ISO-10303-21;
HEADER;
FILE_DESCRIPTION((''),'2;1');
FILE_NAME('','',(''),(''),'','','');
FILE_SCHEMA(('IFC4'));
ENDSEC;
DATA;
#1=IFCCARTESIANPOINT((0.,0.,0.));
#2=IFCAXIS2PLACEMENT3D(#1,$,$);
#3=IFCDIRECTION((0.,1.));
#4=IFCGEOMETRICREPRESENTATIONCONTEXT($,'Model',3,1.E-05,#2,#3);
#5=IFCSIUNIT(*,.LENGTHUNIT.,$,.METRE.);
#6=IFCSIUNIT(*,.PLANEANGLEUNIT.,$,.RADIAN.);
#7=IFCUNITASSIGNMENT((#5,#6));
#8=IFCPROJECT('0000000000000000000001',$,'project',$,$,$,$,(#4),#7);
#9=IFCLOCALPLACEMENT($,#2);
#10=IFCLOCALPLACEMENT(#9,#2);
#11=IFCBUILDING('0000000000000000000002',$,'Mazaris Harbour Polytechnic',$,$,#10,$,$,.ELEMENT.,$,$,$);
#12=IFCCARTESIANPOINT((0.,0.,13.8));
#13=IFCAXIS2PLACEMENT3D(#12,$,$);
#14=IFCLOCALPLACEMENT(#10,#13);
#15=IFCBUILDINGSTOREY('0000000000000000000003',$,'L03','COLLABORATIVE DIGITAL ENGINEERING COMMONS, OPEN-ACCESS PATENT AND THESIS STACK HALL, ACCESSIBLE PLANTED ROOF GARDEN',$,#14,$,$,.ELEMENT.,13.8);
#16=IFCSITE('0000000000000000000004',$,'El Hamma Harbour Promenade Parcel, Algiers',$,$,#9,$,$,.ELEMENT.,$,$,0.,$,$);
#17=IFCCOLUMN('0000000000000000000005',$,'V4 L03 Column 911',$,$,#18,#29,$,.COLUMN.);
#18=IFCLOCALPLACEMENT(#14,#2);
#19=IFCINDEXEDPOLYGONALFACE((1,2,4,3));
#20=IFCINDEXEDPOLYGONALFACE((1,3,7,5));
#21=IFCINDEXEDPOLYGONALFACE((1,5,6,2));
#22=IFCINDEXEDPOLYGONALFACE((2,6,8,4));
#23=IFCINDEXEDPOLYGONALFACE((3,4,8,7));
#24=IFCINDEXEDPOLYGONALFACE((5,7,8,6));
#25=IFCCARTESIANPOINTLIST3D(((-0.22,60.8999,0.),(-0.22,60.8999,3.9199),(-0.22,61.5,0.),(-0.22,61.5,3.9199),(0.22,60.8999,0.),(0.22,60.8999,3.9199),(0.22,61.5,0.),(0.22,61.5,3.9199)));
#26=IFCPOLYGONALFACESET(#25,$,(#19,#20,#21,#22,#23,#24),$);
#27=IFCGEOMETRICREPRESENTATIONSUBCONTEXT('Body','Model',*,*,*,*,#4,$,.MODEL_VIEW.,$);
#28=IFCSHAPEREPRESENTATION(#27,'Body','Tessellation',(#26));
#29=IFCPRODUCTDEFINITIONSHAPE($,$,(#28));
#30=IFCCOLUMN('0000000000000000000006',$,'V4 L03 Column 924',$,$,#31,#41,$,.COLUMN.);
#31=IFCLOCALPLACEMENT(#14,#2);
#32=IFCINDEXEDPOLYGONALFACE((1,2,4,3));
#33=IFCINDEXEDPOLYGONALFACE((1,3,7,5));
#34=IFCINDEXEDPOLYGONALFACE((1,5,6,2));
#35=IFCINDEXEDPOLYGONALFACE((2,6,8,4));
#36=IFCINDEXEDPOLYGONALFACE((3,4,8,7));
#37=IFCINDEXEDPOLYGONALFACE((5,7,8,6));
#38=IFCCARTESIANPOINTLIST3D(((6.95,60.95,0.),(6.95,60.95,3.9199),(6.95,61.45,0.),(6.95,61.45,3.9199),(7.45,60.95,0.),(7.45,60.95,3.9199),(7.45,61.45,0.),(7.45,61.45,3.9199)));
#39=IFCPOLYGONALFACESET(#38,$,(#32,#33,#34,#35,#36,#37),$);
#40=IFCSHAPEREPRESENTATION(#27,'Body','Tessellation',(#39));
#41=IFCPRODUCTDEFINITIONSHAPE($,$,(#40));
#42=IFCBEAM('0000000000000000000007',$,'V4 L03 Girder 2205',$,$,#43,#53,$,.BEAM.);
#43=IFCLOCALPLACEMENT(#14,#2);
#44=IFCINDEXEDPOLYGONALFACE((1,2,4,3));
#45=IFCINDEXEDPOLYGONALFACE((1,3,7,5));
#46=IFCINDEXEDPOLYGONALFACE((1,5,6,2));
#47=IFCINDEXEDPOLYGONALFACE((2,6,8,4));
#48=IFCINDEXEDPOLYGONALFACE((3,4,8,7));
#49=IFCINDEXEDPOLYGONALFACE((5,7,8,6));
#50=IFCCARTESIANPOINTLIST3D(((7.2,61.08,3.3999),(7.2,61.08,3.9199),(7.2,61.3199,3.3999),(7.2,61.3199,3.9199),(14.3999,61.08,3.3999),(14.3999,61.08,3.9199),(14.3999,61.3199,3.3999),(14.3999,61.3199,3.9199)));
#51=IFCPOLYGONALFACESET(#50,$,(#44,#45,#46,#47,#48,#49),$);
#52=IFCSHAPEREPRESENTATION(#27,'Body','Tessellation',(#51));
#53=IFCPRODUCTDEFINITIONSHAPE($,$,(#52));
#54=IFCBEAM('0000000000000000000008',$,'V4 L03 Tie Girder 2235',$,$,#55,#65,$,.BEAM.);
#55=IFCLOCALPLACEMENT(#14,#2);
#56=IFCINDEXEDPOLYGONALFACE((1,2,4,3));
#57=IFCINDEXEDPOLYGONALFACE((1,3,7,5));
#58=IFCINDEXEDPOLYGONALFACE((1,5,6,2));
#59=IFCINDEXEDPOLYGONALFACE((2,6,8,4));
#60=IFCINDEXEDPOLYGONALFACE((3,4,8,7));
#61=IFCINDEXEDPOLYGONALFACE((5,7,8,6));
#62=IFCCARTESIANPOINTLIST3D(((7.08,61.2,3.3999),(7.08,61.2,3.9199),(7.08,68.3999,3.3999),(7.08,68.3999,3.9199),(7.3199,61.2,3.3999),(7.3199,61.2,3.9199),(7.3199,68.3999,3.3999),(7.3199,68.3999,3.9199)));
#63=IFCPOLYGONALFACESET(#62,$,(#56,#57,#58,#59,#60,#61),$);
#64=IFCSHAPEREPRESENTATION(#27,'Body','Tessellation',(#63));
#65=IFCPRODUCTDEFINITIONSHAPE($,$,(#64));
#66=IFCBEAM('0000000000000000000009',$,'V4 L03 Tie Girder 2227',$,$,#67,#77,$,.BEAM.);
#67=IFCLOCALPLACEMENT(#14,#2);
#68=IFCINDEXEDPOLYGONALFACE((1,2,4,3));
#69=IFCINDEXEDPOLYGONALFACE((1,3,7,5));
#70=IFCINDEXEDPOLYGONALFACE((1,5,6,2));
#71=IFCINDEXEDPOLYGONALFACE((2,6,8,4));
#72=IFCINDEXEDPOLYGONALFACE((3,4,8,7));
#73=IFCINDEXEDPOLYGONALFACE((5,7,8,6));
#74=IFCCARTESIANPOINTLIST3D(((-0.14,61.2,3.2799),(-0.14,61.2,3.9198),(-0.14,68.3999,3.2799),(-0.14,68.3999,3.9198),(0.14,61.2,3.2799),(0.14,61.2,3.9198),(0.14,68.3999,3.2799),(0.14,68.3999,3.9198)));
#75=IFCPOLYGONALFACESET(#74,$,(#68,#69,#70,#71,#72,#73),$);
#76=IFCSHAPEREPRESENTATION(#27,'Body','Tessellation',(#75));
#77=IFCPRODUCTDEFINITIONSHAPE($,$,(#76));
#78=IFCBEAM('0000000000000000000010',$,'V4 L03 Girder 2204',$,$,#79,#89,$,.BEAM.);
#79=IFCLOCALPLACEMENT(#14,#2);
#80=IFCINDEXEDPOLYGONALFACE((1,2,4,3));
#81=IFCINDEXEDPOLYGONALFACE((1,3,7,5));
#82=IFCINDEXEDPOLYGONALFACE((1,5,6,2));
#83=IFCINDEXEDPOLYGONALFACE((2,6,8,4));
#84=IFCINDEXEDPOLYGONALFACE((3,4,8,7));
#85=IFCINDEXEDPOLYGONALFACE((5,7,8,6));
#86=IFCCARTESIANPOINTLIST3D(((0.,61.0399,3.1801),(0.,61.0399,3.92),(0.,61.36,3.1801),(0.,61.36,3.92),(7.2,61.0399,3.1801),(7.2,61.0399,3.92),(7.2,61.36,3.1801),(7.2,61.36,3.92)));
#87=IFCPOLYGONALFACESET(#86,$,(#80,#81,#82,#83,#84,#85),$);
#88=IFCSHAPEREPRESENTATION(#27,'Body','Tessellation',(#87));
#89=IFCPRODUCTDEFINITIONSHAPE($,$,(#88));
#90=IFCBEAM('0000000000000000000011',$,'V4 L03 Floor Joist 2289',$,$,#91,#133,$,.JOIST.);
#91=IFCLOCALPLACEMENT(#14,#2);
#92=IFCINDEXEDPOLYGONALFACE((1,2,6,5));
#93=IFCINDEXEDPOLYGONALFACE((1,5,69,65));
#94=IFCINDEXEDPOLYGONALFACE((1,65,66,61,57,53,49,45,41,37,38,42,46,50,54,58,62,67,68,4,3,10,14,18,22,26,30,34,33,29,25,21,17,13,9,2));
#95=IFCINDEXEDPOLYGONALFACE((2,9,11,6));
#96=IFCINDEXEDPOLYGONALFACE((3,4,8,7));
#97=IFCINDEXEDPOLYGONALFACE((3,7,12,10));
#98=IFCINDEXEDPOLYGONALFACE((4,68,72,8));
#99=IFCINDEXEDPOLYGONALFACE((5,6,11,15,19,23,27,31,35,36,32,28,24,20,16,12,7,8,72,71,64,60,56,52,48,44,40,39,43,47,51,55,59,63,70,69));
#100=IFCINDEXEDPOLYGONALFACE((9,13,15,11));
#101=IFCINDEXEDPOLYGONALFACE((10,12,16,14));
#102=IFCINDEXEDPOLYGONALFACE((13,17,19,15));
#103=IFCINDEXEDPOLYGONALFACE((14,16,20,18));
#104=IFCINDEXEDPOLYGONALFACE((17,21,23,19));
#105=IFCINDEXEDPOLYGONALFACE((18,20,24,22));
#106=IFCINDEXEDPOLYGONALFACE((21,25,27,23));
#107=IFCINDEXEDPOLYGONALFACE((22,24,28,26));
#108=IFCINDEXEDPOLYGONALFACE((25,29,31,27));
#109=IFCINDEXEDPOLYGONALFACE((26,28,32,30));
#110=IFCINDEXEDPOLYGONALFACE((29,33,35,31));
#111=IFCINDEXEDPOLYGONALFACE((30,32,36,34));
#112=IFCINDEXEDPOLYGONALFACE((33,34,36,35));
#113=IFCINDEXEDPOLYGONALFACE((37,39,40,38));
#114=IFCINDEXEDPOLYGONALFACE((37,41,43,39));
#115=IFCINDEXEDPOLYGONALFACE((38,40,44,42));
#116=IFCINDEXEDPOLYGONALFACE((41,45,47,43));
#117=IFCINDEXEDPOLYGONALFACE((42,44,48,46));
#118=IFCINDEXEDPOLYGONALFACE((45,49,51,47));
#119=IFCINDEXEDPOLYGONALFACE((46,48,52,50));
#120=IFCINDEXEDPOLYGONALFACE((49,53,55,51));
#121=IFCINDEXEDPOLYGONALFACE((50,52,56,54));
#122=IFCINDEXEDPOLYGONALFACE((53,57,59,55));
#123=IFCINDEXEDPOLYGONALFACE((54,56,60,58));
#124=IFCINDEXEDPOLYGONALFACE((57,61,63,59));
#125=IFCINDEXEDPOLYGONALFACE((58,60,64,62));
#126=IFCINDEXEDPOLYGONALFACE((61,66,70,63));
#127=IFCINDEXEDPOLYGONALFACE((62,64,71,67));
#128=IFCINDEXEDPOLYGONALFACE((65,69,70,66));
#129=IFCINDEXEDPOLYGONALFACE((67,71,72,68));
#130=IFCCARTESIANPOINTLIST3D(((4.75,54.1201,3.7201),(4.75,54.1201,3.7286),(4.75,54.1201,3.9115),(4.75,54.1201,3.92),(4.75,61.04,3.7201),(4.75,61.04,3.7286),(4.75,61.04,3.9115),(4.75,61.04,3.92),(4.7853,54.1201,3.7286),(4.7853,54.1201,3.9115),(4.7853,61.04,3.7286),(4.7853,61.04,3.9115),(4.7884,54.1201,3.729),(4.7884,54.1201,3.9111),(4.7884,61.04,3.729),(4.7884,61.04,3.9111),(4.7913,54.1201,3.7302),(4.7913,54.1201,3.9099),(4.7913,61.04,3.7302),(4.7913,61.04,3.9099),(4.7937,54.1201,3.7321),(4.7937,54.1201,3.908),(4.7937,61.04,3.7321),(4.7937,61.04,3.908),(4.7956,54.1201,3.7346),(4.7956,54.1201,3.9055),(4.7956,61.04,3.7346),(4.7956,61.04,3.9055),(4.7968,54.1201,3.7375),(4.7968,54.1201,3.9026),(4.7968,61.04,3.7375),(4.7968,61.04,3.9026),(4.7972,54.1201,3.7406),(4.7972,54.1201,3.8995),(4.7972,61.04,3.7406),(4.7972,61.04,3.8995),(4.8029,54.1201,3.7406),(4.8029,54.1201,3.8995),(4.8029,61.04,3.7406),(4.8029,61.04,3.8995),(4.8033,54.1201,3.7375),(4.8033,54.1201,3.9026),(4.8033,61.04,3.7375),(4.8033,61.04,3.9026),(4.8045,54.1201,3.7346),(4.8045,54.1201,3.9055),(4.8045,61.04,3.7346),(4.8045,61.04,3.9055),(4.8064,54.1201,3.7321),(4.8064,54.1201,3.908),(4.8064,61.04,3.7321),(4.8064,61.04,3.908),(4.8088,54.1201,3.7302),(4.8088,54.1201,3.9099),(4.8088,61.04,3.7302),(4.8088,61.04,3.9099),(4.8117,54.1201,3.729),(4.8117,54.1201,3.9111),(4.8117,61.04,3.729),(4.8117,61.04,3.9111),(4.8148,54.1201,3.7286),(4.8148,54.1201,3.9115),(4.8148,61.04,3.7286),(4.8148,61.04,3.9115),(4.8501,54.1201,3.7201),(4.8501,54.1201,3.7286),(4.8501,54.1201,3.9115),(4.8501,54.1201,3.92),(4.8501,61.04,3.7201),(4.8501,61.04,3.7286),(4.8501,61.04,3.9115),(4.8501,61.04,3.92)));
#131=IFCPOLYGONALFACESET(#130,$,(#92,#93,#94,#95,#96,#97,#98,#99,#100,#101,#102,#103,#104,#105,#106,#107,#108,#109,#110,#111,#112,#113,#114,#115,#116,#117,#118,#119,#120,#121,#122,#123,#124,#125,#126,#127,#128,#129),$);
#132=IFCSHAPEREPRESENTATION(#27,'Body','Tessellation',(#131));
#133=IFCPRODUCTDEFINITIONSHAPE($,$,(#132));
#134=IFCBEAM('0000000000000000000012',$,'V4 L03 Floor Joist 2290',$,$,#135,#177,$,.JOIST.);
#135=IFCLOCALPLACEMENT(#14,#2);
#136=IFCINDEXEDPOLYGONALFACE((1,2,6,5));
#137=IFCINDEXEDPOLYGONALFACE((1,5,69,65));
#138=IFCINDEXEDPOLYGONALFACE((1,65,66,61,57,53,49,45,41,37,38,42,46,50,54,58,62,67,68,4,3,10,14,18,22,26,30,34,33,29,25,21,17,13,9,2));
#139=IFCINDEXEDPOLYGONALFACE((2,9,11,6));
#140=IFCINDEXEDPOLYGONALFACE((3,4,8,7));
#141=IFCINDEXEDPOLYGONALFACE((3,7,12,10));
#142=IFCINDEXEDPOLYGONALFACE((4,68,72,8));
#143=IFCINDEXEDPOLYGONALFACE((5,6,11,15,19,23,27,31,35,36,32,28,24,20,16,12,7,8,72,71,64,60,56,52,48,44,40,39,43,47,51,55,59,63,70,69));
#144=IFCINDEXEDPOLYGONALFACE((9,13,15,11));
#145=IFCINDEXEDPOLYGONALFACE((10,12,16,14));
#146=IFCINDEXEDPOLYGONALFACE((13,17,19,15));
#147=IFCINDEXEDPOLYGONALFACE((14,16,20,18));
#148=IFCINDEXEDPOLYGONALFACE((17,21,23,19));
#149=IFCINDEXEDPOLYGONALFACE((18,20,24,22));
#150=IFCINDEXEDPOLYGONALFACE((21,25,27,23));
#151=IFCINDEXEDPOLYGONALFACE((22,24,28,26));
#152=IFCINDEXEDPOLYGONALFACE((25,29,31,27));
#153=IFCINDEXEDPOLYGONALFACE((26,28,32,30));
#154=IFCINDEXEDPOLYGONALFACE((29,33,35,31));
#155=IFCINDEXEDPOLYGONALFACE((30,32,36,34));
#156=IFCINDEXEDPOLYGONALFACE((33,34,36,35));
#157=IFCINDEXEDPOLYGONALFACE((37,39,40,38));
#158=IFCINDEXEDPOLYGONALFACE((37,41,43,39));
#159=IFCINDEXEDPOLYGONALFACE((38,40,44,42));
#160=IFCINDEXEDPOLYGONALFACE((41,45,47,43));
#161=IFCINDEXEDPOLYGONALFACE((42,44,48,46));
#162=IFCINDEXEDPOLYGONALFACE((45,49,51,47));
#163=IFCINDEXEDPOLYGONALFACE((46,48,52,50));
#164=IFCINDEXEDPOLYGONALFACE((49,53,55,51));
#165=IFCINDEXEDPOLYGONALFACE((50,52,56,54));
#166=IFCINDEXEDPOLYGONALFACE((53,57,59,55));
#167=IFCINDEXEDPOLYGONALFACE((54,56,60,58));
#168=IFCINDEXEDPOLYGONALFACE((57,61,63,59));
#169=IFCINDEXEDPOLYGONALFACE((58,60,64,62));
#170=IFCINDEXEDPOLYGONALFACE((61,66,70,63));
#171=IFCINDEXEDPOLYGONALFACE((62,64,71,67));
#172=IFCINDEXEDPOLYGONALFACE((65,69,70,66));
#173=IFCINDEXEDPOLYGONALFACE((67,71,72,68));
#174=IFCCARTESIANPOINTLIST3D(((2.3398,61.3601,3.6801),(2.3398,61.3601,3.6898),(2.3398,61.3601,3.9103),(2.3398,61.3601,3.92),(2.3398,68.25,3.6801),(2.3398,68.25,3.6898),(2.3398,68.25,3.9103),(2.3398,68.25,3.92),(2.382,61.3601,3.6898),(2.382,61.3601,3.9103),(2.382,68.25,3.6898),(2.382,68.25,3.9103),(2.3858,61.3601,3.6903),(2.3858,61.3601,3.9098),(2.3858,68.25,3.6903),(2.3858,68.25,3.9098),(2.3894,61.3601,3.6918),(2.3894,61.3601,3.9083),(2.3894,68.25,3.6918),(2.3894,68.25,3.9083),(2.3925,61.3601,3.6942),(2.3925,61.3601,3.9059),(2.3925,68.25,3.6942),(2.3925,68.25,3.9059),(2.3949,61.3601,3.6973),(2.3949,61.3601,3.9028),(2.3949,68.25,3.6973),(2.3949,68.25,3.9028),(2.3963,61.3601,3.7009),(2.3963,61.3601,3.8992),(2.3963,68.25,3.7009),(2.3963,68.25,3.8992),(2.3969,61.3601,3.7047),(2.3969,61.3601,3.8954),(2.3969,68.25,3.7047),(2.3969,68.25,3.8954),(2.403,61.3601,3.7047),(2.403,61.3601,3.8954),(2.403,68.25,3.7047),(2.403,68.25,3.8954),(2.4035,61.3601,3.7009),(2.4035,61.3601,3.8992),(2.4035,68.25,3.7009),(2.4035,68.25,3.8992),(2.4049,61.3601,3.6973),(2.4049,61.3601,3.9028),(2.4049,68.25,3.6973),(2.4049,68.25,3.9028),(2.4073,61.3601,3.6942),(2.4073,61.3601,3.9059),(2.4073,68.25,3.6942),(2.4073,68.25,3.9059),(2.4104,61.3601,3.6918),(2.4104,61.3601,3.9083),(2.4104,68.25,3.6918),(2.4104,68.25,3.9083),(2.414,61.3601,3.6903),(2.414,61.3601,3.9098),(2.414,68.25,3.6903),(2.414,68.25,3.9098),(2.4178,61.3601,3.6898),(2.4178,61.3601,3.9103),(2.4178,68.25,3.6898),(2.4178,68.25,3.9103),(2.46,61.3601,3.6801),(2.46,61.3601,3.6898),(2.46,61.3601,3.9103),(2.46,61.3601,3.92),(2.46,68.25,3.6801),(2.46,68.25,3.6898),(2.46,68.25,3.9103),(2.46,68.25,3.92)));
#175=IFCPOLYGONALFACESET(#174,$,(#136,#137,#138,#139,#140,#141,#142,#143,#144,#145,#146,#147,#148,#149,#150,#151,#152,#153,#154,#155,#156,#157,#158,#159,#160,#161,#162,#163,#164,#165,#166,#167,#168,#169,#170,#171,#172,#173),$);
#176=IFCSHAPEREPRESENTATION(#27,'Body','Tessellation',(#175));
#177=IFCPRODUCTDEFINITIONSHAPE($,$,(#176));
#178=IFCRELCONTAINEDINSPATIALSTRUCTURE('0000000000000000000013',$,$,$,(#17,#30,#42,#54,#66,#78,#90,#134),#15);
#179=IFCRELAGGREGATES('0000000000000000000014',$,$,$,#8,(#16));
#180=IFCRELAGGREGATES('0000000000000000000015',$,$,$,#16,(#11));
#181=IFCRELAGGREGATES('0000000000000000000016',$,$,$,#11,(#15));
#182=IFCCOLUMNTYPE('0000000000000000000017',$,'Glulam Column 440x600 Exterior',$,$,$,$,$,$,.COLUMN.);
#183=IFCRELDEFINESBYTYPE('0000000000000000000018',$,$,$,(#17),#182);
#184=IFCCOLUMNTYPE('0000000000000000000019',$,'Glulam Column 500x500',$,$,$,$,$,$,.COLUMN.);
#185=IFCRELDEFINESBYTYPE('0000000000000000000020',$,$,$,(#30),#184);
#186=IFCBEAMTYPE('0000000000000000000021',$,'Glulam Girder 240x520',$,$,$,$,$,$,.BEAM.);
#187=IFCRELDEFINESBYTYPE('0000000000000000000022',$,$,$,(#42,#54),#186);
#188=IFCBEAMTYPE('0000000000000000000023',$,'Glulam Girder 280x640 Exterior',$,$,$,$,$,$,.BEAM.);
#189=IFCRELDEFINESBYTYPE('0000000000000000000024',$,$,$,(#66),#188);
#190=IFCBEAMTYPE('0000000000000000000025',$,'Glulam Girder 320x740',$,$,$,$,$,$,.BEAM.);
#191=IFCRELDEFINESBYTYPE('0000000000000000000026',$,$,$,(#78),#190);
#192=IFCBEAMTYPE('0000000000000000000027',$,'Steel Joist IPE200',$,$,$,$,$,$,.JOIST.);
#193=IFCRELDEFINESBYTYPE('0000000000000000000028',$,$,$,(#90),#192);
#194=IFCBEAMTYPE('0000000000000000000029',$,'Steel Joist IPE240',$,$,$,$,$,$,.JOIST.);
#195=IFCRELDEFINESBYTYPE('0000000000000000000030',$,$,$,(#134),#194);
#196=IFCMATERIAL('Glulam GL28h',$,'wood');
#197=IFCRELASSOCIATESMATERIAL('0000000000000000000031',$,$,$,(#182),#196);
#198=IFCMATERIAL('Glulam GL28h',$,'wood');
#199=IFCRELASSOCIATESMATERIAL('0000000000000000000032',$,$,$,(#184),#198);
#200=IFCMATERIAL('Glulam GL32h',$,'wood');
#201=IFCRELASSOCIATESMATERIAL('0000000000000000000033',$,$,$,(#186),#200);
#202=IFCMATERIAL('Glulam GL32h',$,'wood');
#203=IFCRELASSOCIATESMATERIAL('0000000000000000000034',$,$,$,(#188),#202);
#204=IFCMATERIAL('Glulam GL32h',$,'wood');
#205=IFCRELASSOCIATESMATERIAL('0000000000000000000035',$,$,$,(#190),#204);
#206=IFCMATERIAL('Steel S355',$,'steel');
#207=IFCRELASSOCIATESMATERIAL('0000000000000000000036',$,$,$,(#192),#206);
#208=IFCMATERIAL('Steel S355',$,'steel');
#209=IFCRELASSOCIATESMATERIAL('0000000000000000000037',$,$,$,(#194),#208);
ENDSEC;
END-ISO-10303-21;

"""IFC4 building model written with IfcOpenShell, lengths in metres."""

from ifc_helpers import new_model, si_unit, direction, frame, origin, origin_2d, place, context, subcontext, project, spatial, rectangle, i_section, extrude, material, material_profile, profile_set, type_object, element, save


model = new_model("IFC4")

# Units and contexts
model_context = context("Model", 3, precision=1e-05, world=origin(), true_north=direction((0.0, 1.0)))
body_context = subcontext(model_context, "Body", "Model", "MODEL_VIEW")
ifc_project = project(units=[si_unit("LENGTHUNIT", "METRE"), si_unit("PLANEANGLEUNIT", "RADIAN")], contexts=[model_context])

# Site, building, storey
site_placement = place(None, origin())
site = spatial("IfcSite", under=ifc_project, at=site_placement, Name="El Hamma Harbour Promenade Parcel, Algiers", CompositionType="ELEMENT", RefElevation=0.0)
building_placement = place(site_placement, origin())
building = spatial("IfcBuilding", under=site, at=building_placement, Name="Mazaris Harbour Polytechnic", CompositionType="ELEMENT")
storey_placement = place(building_placement, frame((0.0, 0.0, 13.8)))
storey = spatial("IfcBuildingStorey", under=building, at=storey_placement, Name="L03", Description="COLLABORATIVE DIGITAL ENGINEERING COMMONS, OPEN-ACCESS PATENT AND THESIS STACK HALL, ACCESSIBLE PLANTED ROOF GARDEN", CompositionType="ELEMENT", Elevation=13.8)

# Columns
ifc_material_1 = material(Name="Glulam GL28h", Category="wood")
ifc_material_profile_1 = material_profile(ifc_material_1, rectangle(XDim=0.4399, YDim=0.6001, at=origin_2d()), Name="RECT440x600")
ifc_profile_set_1 = profile_set([ifc_material_profile_1], Name="Glulam GL28h")
column_type_1 = type_object("IfcColumnType", Name="Glulam Column 440x600 Exterior", PredefinedType="COLUMN", material=ifc_profile_set_1)
column_1_placement = place(storey_placement, frame((0.0, 61.2, 0.0), z_axis=(0.0, 0.0, 1.0), x_axis=(1.0, 0.0, 0.0)))
element("IfcColumn", 1, at=column_1_placement, inside=storey, type_object=column_type_1, Name="V4 L03 Column 911", PredefinedType="COLUMN", context=body_context, shape_type="SweptSolid", body=[
    extrude(rectangle(XDim=0.4399, YDim=0.6001, at=origin_2d()), origin(), (0.0, 0.0, 1.0), 3.9199),
])
ifc_material_2 = material(Name="Glulam GL28h", Category="wood")
ifc_material_profile_2 = material_profile(ifc_material_2, rectangle(XDim=0.5, YDim=0.5, at=origin_2d()), Name="RECT500x500")
ifc_profile_set_2 = profile_set([ifc_material_profile_2], Name="Glulam GL28h")
column_type_2 = type_object("IfcColumnType", Name="Glulam Column 500x500", PredefinedType="COLUMN", material=ifc_profile_set_2)
column_2_placement = place(storey_placement, frame((7.2, 61.2, 0.0), z_axis=(0.0, 0.0, 1.0), x_axis=(1.0, 0.0, 0.0)))
element("IfcColumn", 2, at=column_2_placement, inside=storey, type_object=column_type_2, Name="V4 L03 Column 924", PredefinedType="COLUMN", context=body_context, shape_type="SweptSolid", body=[
    extrude(rectangle(XDim=0.5, YDim=0.5, at=origin_2d()), origin(), (0.0, 0.0, 1.0), 3.9199),
])

# Beams
ifc_material_3 = material(Name="Glulam GL32h", Category="wood")
ifc_material_profile_3 = material_profile(ifc_material_3, rectangle(XDim=0.24, YDim=0.52, at=origin_2d()), Name="RECT240x520")
ifc_profile_set_3 = profile_set([ifc_material_profile_3], Name="Glulam GL32h")
beam_type_1 = type_object("IfcBeamType", Name="Glulam Girder 240x520", PredefinedType="BEAM", material=ifc_profile_set_3)
for number, where, z_axis, x_axis, name in (
    (3, (7.2, 61.2, 3.6599), (1.0, 0.0, 0.0), (0.0, 1.0, 0.0), "V4 L03 Girder 2205"),
    (4, (7.2, 61.2, 3.6599), (0.0, 1.0, 0.0), (-1.0, 0.0, 0.0), "V4 L03 Tie Girder 2235"),
):
    element("IfcBeam", number, at=place(storey_placement, frame(where, z_axis=z_axis, x_axis=x_axis)), inside=storey, type_object=beam_type_1, Name=name, PredefinedType="BEAM", context=body_context, shape_type="SweptSolid", body=[
        extrude(rectangle(XDim=0.24, YDim=0.52, at=origin_2d()), origin(), (0.0, 0.0, 1.0), 7.2),
    ])
ifc_material_4 = material(Name="Glulam GL32h", Category="wood")
ifc_material_profile_4 = material_profile(ifc_material_4, rectangle(XDim=0.28, YDim=0.6399, at=origin_2d()), Name="RECT280x640")
ifc_profile_set_4 = profile_set([ifc_material_profile_4], Name="Glulam GL32h")
beam_type_2 = type_object("IfcBeamType", Name="Glulam Girder 280x640 Exterior", PredefinedType="BEAM", material=ifc_profile_set_4)
beam_1_placement = place(storey_placement, frame((0.0, 61.2, 3.5999), z_axis=(0.0, 1.0, 0.0), x_axis=(-1.0, 0.0, 0.0)))
element("IfcBeam", 5, at=beam_1_placement, inside=storey, type_object=beam_type_2, Name="V4 L03 Tie Girder 2227", PredefinedType="BEAM", context=body_context, shape_type="SweptSolid", body=[
    extrude(rectangle(XDim=0.28, YDim=0.6399, at=origin_2d()), origin(), (0.0, 0.0, 1.0), 7.2),
])
ifc_material_5 = material(Name="Glulam GL32h", Category="wood")
ifc_material_profile_5 = material_profile(ifc_material_5, rectangle(XDim=0.3201, YDim=0.74, at=origin_2d()), Name="RECT320x740")
ifc_profile_set_5 = profile_set([ifc_material_profile_5], Name="Glulam GL32h")
beam_type_3 = type_object("IfcBeamType", Name="Glulam Girder 320x740", PredefinedType="BEAM", material=ifc_profile_set_5)
beam_2_placement = place(storey_placement, frame((0.0, 61.2, 3.55), z_axis=(1.0, 0.0, 0.0), x_axis=(0.0, 1.0, 0.0)))
element("IfcBeam", 6, at=beam_2_placement, inside=storey, type_object=beam_type_3, Name="V4 L03 Girder 2204", PredefinedType="BEAM", context=body_context, shape_type="SweptSolid", body=[
    extrude(rectangle(XDim=0.3201, YDim=0.74, at=origin_2d()), origin(), (0.0, 0.0, 1.0), 7.2),
])
ifc_material_6 = material(Name="Steel S355", Category="steel")
ifc_material_profile_6 = material_profile(ifc_material_6, i_section(OverallWidth=0.1001, OverallDepth=0.2, WebThickness=0.0056, FlangeThickness=0.0085, FilletRadius=0.012, at=origin_2d()), Name="IPE 200")
ifc_profile_set_6 = profile_set([ifc_material_profile_6], Name="Steel S355")
beam_type_4 = type_object("IfcBeamType", Name="Steel Joist IPE200", PredefinedType="JOIST", material=ifc_profile_set_6)
beam_3_placement = place(storey_placement, frame((4.8, 54.1201, 3.8201), z_axis=(0.0, 1.0, 0.0), x_axis=(-1.0, 0.0, 0.0)))
element("IfcBeam", 7, at=beam_3_placement, inside=storey, type_object=beam_type_4, Name="V4 L03 Floor Joist 2289", PredefinedType="JOIST", context=body_context, shape_type="SweptSolid", body=[
    extrude(i_section(OverallWidth=0.1001, OverallDepth=0.2, WebThickness=0.0056, FlangeThickness=0.0085, FilletRadius=0.012, at=origin_2d()), origin(), (0.0, 0.0, 1.0), 6.9199),
])
ifc_material_7 = material(Name="Steel S355", Category="steel")
ifc_material_profile_7 = material_profile(ifc_material_7, i_section(OverallWidth=0.1201, OverallDepth=0.24, WebThickness=0.0061, FlangeThickness=0.0098, FilletRadius=0.0149, at=origin_2d()), Name="IPE 240")
ifc_profile_set_7 = profile_set([ifc_material_profile_7], Name="Steel S355")
beam_type_5 = type_object("IfcBeamType", Name="Steel Joist IPE240", PredefinedType="JOIST", material=ifc_profile_set_7)
beam_4_placement = place(storey_placement, frame((2.3999, 61.3601, 3.8), z_axis=(0.0, 1.0, 0.0), x_axis=(-1.0, 0.0, 0.0)))
element("IfcBeam", 8, at=beam_4_placement, inside=storey, type_object=beam_type_5, Name="V4 L03 Floor Joist 2290", PredefinedType="JOIST", context=body_context, shape_type="SweptSolid", body=[
    extrude(i_section(OverallWidth=0.1201, OverallDepth=0.24, WebThickness=0.0061, FlangeThickness=0.0098, FilletRadius=0.0149, at=origin_2d()), origin(), (0.0, 0.0, 1.0), 6.8899),
])

save(model, "model.ifc")
